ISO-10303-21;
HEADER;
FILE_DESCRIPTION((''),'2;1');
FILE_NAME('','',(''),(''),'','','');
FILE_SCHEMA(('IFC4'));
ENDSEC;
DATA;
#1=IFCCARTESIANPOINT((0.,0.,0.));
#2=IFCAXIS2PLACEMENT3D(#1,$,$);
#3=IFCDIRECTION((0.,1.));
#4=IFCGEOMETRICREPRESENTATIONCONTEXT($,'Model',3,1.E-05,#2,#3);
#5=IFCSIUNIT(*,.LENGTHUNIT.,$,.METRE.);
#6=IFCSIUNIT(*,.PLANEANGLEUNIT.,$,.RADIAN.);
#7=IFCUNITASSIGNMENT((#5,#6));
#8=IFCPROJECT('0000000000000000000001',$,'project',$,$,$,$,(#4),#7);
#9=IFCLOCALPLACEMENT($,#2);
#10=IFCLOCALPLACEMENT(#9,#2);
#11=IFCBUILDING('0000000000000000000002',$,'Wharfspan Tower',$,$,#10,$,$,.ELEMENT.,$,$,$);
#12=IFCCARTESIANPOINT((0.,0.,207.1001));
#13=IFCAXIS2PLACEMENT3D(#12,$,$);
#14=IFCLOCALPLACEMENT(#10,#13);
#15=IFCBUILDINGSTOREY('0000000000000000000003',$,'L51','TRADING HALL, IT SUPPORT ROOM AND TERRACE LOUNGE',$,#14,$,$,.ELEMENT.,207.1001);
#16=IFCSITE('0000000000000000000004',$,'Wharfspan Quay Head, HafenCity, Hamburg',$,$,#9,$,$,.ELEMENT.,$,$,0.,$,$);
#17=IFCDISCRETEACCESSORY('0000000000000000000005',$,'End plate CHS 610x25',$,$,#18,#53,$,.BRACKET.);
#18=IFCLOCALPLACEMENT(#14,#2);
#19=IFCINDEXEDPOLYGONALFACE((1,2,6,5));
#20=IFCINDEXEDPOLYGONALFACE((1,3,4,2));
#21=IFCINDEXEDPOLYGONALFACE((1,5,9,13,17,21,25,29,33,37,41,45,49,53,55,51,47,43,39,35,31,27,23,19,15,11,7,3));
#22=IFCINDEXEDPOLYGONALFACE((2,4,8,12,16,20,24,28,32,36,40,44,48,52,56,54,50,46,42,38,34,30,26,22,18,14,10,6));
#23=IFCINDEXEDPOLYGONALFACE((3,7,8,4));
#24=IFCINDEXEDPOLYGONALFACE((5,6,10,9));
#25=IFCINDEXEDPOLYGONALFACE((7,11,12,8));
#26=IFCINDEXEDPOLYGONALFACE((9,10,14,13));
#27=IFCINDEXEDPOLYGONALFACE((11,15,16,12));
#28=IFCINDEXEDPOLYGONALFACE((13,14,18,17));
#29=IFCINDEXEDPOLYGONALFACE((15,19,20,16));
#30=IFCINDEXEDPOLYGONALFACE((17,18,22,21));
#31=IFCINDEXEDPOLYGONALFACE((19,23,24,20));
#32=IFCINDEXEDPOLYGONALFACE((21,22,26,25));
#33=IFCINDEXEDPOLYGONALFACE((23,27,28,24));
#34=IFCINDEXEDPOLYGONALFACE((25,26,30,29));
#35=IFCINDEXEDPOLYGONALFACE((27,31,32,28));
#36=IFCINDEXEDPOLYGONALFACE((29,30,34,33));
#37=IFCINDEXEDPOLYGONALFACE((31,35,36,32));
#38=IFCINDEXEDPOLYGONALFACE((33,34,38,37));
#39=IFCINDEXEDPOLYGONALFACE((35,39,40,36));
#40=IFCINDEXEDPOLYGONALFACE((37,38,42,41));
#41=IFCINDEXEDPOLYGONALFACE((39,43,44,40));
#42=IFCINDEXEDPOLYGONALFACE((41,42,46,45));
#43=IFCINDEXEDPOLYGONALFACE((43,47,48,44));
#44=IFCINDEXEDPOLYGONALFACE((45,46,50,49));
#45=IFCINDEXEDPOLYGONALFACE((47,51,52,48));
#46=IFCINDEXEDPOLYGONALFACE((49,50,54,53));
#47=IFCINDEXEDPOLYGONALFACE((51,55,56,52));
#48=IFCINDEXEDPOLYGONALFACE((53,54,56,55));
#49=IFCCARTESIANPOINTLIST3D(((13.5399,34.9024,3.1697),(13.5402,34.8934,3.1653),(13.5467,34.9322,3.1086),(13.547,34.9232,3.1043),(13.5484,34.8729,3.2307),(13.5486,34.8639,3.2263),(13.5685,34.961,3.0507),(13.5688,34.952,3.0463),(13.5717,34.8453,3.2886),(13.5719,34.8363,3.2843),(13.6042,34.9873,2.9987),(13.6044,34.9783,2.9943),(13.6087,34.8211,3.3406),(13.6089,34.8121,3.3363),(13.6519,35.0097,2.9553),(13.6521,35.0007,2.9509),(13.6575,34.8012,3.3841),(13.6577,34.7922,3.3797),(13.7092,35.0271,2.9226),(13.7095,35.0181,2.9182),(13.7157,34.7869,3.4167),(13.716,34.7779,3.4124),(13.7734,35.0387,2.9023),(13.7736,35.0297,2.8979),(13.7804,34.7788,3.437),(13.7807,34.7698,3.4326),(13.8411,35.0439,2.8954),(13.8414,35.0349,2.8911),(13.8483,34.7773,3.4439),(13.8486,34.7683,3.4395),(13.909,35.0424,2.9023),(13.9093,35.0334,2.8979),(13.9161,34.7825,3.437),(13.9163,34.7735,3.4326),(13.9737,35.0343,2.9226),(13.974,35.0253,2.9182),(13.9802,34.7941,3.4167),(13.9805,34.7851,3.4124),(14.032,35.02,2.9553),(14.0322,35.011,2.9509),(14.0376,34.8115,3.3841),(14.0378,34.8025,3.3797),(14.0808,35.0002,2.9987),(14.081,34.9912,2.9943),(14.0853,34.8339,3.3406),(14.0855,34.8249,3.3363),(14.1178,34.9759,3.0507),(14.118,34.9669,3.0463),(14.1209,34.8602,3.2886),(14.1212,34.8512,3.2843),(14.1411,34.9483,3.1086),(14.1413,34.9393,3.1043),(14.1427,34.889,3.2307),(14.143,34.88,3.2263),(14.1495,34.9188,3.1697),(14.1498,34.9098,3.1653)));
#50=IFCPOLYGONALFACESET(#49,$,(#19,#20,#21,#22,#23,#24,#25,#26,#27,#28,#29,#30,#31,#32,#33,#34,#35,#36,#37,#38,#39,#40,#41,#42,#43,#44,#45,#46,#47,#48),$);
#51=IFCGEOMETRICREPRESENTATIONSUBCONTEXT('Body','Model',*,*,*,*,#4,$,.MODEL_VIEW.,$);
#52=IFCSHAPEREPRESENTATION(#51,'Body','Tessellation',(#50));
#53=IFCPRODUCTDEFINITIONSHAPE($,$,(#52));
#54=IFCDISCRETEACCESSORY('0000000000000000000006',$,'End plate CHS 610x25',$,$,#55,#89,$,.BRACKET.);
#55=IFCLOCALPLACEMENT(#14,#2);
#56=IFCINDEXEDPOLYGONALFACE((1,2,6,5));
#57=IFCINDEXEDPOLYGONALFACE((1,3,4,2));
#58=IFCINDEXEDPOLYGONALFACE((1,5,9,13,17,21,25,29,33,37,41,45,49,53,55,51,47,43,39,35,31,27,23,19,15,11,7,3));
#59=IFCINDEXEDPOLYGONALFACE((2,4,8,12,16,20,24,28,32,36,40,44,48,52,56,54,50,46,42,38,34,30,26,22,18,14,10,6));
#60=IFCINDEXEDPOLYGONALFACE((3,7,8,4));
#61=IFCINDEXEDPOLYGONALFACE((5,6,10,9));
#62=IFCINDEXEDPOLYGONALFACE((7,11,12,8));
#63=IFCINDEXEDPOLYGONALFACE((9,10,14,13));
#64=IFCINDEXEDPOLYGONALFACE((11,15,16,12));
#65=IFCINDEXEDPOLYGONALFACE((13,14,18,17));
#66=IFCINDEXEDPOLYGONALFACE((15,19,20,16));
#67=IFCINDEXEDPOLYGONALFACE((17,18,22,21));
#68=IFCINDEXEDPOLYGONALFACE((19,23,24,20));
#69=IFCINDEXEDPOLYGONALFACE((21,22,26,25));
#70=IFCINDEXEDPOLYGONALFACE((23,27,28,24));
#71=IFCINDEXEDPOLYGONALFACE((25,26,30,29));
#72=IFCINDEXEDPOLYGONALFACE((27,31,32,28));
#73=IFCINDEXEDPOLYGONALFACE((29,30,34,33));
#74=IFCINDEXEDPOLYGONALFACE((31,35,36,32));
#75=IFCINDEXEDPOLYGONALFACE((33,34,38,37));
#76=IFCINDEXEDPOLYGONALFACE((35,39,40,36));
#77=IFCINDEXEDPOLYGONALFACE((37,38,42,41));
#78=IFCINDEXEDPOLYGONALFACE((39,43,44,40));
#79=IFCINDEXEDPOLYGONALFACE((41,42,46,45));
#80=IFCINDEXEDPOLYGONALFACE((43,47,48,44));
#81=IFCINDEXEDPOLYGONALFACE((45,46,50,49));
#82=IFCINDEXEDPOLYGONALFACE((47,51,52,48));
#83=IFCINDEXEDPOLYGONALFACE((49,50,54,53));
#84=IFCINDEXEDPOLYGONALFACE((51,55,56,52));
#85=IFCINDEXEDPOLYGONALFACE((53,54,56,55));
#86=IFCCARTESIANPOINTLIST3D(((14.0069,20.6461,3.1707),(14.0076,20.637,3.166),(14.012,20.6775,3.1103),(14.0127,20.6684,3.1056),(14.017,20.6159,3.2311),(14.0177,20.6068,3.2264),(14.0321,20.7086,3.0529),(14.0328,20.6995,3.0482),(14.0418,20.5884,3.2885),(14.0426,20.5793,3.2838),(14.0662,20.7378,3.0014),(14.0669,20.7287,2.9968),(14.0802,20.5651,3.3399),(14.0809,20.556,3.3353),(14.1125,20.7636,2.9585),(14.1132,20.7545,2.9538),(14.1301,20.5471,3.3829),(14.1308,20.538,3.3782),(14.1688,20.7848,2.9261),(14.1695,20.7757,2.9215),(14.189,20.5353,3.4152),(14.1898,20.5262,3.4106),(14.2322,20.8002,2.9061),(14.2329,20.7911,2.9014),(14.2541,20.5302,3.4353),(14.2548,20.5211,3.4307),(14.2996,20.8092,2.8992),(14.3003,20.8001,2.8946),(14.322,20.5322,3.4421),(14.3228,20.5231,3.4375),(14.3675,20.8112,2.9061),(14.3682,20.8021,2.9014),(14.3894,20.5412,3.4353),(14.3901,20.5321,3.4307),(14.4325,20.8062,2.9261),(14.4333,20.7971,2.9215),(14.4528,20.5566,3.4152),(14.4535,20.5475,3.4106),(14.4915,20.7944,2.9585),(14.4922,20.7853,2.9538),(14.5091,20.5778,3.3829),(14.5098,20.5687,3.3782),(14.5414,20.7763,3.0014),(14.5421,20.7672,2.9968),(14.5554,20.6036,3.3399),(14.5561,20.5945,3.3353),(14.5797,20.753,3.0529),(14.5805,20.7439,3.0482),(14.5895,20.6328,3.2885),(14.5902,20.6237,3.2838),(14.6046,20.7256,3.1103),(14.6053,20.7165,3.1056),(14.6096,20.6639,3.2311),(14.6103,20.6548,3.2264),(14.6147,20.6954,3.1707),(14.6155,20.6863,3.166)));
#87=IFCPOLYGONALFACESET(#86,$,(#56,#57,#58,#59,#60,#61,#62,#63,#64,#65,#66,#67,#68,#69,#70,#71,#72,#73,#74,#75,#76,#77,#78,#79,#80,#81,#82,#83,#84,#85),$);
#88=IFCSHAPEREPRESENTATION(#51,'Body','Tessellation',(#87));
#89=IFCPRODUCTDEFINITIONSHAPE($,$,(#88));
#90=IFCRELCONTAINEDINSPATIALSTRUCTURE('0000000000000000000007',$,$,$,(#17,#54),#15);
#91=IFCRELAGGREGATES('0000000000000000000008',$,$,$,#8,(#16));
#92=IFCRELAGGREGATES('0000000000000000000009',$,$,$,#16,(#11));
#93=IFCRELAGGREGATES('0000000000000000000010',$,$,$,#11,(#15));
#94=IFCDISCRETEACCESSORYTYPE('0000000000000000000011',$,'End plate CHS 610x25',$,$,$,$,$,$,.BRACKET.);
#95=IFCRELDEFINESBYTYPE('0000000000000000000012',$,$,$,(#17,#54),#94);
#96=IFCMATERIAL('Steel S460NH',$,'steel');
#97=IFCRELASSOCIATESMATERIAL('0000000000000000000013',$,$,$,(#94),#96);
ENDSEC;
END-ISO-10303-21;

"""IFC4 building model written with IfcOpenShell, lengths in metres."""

from ifc_helpers import new_model, si_unit, direction, frame, origin, origin_2d, place, context, subcontext, project, spatial, circle, extrude, material, material_profile, profile_set, type_object, element, save


model = new_model("IFC4")

# Units and contexts
model_context = context("Model", 3, precision=1e-05, world=origin(), true_north=direction((0.0, 1.0)))
body_context = subcontext(model_context, "Body", "Model", "MODEL_VIEW")
ifc_project = project(units=[si_unit("LENGTHUNIT", "METRE"), si_unit("PLANEANGLEUNIT", "RADIAN")], contexts=[model_context])

# Site, building, storey
site_placement = place(None, origin())
site = spatial("IfcSite", under=ifc_project, at=site_placement, Name="Wharfspan Quay Head, HafenCity, Hamburg", CompositionType="ELEMENT", RefElevation=0.0)
building_placement = place(site_placement, origin())
building = spatial("IfcBuilding", under=site, at=building_placement, Name="Wharfspan Tower", CompositionType="ELEMENT")
storey_placement = place(building_placement, frame((0.0, 0.0, 207.1001)))
storey = spatial("IfcBuildingStorey", under=building, at=storey_placement, Name="L51", Description="TRADING HALL, IT SUPPORT ROOM AND TERRACE LOUNGE", CompositionType="ELEMENT", Elevation=207.1001)

# Shared definitions
ifc_material_1 = material(Name="Steel S460NH", Category="steel")

# Discrete accessories
ifc_material_profile_1 = material_profile(ifc_material_1, circle(Radius=0.3049, at=origin_2d()))
ifc_profile_set_1 = profile_set([ifc_material_profile_1], Name="Steel S460NH")
discrete_accessory_type = type_object("IfcDiscreteAccessoryType", Name="End plate CHS 610x25", PredefinedType="BRACKET", material=ifc_profile_set_1)
for number, where, z_axis, x_axis, name in (
    (1, (13.845, 34.9016, 3.1653), (-0.024296, 0.89897, 0.437337), (-0.999631, -0.027017, 0.000001), "End plate CHS 610x25"),
):
    element("IfcDiscreteAccessory", number, at=place(storey_placement, frame(where, z_axis=z_axis, x_axis=x_axis)), inside=storey, type_object=discrete_accessory_type, Name=name, PredefinedType="BRACKET", context=body_context, shape_type="SweptSolid", body=[
        extrude(circle(Radius=0.3049, at=origin_2d()), origin(), (0.0, 0.0, 1.0), 0.01),
    ])
discrete_accessory_1_placement = place(storey_placement, frame((14.3115, 20.6616, 3.166), z_axis=(-0.07194, 0.887262, 0.455621), x_axis=(-0.996733, -0.080816, 0.0)))
element("IfcDiscreteAccessory", 2, at=discrete_accessory_1_placement, inside=storey, type_object=discrete_accessory_type, Name="End plate CHS 610x25", PredefinedType="BRACKET", context=body_context, shape_type="SweptSolid", body=[
    extrude(circle(Radius=0.3049, at=origin_2d()), origin(), (0.0, 0.0, 1.0), 0.0103),
])

save(model, "model.ifc")
